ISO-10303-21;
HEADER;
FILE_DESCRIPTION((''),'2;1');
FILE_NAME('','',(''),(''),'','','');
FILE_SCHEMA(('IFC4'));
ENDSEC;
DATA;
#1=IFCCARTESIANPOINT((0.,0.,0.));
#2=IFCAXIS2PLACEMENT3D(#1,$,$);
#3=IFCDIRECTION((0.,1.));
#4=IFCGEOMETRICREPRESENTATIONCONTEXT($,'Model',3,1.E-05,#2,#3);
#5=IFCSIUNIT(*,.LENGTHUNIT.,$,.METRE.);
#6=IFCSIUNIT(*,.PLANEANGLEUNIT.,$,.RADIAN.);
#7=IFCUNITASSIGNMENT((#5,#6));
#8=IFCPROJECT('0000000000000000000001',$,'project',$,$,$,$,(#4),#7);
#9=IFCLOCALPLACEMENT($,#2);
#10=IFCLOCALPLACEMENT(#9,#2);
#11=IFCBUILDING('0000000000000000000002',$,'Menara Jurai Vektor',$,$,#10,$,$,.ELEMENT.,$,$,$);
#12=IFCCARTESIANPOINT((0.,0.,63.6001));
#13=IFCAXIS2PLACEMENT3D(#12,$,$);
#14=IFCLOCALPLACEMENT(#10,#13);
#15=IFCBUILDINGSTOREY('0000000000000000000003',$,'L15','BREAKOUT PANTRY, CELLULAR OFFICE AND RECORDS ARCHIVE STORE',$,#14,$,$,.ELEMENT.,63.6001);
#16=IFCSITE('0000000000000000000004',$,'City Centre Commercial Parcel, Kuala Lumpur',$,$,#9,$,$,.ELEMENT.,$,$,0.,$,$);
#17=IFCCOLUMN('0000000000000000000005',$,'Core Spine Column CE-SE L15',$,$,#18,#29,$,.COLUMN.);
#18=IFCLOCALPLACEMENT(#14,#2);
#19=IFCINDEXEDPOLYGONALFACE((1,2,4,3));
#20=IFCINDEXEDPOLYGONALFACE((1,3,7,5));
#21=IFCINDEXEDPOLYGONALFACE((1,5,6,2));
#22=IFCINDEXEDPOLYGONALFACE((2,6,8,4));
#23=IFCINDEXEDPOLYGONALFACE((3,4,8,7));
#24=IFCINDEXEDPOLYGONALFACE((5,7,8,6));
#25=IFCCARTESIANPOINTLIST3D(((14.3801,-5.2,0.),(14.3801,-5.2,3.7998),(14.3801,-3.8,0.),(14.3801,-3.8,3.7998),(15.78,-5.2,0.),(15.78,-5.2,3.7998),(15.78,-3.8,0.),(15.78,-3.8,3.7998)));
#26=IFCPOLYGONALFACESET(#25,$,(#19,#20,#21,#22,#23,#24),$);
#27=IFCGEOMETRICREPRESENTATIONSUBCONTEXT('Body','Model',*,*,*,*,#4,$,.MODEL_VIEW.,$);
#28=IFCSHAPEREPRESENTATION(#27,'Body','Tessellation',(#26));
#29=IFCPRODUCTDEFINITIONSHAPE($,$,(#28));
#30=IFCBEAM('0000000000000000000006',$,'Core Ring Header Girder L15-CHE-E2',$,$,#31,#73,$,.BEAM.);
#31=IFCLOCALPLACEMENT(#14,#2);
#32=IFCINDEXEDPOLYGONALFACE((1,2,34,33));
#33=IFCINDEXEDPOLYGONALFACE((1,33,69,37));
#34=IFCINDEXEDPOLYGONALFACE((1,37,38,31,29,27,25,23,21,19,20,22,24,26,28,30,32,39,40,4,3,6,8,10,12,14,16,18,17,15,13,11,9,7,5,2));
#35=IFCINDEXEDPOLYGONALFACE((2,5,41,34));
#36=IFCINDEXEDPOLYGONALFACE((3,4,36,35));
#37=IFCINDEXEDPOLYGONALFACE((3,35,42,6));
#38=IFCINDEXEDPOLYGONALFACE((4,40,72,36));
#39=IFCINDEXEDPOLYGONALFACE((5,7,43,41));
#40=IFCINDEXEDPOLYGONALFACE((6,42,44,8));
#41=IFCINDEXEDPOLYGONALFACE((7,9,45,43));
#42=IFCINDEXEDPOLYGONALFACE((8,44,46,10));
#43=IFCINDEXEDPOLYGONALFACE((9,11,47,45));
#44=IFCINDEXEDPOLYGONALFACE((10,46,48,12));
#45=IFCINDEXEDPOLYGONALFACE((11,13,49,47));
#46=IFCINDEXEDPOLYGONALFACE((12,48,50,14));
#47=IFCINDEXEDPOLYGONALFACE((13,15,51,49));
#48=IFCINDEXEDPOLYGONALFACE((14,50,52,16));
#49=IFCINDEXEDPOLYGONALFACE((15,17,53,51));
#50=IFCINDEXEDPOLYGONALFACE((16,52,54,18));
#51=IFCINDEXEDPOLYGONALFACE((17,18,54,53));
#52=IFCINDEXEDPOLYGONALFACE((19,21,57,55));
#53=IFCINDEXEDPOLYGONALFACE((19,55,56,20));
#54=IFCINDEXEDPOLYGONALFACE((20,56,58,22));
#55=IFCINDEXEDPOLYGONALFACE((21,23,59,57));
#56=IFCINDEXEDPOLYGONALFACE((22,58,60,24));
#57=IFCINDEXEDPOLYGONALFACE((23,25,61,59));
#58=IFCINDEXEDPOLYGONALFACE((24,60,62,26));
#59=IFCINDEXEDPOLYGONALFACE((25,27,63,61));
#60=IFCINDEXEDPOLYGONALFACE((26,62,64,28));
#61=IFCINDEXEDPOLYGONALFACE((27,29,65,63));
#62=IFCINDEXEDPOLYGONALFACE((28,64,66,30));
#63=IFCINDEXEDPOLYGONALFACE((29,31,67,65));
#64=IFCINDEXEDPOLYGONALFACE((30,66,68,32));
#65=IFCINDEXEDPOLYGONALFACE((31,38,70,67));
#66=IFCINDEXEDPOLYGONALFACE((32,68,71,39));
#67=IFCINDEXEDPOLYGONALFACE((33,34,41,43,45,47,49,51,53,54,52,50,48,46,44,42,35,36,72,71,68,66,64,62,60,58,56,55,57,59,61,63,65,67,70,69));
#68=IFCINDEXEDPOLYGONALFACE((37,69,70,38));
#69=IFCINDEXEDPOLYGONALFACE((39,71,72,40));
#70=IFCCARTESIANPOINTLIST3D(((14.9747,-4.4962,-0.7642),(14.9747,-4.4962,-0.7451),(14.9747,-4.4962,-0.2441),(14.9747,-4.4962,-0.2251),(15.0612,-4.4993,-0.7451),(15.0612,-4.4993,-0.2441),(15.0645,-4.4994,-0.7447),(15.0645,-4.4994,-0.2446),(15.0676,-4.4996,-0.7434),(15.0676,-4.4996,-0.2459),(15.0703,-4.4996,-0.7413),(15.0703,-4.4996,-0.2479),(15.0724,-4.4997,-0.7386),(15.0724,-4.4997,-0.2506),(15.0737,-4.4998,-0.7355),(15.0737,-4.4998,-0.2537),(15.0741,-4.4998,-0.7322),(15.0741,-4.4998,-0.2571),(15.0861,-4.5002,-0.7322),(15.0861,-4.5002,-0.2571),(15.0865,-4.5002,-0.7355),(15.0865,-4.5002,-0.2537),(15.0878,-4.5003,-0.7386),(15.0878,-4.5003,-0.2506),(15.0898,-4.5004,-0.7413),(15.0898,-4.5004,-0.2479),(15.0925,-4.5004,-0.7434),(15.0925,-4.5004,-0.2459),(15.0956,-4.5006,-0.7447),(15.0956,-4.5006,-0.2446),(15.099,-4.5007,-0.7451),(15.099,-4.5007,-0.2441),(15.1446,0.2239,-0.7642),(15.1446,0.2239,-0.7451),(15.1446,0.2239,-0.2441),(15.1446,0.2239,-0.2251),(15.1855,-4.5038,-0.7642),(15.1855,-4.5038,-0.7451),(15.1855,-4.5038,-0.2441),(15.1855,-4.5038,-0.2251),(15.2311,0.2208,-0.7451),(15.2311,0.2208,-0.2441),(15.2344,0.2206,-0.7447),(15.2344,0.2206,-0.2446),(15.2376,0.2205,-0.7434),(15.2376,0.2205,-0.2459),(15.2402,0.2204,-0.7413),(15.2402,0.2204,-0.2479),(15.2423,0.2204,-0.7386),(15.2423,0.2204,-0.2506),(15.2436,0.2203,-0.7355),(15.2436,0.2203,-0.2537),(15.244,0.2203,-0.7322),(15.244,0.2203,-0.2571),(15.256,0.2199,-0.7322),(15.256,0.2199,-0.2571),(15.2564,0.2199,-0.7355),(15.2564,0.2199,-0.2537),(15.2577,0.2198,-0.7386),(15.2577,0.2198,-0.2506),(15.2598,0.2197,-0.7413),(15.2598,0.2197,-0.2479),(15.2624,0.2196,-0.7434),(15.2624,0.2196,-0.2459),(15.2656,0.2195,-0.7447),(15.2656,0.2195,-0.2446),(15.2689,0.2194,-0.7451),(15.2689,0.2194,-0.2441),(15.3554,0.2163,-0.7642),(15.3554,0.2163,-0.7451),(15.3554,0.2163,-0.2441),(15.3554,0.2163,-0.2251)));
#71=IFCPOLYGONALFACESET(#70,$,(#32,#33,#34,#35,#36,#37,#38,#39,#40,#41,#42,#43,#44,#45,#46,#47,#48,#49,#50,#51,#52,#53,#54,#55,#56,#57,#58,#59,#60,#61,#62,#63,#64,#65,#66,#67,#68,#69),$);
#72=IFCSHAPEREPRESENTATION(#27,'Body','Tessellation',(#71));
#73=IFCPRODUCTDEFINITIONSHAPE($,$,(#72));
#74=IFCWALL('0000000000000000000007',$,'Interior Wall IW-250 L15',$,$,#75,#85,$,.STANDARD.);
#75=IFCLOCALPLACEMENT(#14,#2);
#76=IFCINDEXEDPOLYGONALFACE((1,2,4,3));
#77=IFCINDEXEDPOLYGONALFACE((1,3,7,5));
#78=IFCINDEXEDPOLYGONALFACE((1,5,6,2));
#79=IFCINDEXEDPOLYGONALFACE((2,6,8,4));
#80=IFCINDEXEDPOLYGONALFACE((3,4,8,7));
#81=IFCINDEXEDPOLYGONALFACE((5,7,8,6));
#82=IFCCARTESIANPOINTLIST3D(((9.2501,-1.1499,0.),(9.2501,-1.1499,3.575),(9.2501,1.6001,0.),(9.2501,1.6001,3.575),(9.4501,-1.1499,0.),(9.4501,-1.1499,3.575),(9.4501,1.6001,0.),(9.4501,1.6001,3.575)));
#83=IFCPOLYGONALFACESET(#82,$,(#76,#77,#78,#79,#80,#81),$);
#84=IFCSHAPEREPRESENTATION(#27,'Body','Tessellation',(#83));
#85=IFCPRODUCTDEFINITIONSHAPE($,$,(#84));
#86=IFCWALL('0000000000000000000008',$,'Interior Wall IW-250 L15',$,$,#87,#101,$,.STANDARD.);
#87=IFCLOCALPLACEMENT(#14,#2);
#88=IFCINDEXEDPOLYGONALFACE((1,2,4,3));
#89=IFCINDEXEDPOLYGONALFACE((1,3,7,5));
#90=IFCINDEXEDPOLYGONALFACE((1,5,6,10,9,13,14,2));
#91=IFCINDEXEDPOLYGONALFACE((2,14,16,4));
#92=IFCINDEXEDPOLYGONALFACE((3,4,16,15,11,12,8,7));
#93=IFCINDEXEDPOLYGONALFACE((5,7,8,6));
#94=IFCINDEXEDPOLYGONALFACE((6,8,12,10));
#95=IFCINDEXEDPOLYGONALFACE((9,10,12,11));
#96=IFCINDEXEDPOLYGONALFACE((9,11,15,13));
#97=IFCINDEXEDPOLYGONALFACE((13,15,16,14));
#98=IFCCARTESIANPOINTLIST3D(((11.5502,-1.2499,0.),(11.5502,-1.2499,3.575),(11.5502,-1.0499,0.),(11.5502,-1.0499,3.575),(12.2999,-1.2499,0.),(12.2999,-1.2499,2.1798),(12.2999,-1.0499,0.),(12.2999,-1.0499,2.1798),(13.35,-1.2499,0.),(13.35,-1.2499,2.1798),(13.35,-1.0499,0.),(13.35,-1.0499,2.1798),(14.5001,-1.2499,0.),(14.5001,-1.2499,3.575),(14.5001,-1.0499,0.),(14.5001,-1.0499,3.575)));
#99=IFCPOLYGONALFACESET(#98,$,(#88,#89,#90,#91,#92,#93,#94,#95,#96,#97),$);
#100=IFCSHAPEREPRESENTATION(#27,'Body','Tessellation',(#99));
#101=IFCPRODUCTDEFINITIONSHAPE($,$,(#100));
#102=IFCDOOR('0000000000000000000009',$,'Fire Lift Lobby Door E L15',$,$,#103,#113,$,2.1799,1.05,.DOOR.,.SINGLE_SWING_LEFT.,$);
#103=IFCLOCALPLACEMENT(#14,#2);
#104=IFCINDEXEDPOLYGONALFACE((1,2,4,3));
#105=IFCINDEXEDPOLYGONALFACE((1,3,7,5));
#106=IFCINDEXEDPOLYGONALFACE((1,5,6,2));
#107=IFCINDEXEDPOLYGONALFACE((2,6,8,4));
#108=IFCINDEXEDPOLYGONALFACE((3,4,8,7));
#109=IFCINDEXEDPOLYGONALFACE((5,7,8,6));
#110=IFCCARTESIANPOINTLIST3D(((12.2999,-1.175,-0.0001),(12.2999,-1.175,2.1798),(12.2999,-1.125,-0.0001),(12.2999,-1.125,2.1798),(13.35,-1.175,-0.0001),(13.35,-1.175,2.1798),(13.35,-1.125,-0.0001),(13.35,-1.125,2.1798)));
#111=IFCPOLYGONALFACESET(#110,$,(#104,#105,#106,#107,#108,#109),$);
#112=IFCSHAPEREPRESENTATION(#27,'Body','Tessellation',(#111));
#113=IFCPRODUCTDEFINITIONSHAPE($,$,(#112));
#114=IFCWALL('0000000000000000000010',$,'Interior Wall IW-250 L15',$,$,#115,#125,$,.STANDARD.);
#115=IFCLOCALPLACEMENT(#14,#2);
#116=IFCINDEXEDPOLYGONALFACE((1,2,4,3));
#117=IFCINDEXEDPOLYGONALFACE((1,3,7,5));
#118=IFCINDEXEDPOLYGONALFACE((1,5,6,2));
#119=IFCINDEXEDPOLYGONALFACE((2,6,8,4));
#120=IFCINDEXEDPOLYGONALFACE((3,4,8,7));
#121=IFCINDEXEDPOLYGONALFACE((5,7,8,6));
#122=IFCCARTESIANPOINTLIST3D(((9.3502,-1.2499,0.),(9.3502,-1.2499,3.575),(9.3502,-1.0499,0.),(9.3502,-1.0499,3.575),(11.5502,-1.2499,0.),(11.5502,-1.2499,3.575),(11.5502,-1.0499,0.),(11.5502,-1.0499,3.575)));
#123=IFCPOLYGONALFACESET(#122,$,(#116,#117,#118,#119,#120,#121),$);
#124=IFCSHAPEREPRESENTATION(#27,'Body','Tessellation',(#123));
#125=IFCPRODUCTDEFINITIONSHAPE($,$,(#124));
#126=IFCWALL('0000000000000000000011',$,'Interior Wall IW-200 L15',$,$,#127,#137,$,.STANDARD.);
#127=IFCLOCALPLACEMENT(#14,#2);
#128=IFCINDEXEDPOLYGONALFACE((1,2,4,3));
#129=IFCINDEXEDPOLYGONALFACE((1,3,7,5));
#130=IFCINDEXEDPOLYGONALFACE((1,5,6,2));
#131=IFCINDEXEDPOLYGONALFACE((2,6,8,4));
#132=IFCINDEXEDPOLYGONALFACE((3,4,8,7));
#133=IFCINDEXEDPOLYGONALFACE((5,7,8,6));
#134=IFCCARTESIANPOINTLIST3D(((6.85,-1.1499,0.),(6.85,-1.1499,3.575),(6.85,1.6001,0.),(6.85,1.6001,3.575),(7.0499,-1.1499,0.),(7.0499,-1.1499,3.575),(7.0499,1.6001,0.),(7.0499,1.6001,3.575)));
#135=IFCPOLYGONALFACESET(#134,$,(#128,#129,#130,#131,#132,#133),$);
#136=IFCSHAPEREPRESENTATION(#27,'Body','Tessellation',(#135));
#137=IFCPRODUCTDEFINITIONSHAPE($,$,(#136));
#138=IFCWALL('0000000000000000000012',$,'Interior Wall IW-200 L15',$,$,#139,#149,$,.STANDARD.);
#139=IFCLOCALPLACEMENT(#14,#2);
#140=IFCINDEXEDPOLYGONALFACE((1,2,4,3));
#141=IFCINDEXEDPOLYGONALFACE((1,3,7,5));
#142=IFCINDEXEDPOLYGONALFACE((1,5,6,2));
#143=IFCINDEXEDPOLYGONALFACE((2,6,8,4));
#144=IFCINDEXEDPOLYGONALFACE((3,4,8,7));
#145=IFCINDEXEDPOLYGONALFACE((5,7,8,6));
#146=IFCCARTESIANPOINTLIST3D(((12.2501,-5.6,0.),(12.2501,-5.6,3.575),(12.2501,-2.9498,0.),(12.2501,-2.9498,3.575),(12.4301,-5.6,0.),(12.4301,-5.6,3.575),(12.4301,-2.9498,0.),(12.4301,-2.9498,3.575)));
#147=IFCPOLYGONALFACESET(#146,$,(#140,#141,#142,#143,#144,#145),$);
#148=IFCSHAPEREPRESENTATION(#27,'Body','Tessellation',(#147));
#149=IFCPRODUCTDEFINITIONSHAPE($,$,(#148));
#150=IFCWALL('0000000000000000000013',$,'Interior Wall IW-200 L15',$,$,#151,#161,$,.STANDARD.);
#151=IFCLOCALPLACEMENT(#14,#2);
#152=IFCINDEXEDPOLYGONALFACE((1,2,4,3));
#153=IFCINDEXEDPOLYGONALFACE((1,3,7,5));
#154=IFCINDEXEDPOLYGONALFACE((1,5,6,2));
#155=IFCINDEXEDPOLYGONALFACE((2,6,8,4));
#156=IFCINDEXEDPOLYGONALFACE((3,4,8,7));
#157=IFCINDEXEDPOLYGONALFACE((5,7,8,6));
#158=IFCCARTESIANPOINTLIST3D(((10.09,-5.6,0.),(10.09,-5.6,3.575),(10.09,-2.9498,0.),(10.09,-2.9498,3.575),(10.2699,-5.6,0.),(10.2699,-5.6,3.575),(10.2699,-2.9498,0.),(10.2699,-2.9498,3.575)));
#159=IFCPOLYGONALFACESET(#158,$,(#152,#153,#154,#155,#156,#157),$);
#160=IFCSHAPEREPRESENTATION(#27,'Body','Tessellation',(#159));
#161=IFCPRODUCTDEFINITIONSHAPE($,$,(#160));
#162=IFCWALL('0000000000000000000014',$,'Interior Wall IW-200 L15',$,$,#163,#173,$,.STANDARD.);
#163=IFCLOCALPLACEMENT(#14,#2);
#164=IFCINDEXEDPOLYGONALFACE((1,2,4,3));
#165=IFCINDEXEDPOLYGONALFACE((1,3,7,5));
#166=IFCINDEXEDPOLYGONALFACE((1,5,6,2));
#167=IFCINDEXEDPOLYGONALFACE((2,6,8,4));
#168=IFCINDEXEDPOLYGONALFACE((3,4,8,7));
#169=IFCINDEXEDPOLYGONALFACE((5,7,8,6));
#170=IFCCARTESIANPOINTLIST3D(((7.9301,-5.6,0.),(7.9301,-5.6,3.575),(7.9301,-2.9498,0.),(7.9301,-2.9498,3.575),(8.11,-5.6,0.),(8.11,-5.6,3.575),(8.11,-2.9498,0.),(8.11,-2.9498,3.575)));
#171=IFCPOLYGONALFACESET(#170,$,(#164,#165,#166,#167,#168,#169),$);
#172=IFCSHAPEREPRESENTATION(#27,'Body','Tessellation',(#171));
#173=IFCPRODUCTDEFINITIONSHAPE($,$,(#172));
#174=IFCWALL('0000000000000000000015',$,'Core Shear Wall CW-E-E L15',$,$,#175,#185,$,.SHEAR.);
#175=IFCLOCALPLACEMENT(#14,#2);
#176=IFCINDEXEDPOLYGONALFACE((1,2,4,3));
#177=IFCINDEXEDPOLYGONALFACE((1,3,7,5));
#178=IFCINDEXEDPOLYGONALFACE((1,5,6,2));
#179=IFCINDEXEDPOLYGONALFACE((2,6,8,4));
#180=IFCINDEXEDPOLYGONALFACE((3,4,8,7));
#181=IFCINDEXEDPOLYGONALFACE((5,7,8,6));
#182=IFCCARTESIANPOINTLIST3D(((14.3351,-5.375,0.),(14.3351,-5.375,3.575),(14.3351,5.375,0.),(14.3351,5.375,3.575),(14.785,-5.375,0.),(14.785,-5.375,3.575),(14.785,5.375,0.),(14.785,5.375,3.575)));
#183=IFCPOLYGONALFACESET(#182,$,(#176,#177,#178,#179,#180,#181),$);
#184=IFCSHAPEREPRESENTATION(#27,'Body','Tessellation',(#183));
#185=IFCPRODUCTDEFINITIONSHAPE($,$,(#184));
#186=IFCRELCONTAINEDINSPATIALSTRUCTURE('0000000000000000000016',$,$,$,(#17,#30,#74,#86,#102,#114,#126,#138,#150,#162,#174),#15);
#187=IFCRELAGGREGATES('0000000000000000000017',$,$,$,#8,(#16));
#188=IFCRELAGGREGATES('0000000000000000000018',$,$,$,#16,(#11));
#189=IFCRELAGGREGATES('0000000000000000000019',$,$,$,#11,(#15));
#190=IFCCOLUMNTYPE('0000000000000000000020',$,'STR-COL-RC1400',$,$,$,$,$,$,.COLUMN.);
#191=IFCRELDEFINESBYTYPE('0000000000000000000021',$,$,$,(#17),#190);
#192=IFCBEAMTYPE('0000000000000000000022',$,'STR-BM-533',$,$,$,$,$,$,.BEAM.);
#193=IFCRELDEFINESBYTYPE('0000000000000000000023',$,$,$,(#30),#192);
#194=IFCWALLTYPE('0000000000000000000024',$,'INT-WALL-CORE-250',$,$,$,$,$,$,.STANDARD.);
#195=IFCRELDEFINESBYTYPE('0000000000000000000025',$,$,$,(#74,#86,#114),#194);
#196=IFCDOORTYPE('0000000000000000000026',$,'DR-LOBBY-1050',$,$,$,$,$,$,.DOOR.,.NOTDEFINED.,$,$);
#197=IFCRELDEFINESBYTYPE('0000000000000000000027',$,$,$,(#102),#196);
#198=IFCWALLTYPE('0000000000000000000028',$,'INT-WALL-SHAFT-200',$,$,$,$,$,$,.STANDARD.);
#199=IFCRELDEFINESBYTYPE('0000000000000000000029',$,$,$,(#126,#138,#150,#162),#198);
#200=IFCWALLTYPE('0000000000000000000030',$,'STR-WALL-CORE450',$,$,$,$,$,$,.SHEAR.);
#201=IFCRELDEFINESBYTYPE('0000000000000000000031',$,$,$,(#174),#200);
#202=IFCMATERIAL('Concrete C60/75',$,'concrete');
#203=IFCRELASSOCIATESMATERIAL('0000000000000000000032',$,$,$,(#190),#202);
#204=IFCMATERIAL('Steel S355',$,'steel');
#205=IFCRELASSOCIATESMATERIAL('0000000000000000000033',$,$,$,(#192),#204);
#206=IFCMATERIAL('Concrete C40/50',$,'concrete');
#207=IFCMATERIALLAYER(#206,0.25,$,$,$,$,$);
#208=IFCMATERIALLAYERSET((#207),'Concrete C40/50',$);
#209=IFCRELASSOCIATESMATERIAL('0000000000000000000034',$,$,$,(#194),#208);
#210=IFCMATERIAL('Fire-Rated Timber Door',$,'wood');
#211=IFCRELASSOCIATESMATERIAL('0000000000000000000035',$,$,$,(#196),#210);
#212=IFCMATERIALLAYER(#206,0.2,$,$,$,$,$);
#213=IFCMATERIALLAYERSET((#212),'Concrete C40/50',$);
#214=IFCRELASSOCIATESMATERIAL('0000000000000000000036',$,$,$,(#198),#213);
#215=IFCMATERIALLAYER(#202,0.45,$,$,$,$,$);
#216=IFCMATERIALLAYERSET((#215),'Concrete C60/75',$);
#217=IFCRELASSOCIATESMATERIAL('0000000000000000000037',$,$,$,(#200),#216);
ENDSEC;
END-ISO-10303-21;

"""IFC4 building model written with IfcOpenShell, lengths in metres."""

from ifc_helpers import new_model, si_unit, direction, frame, frame_2d, origin, origin_2d, place, context, subcontext, project, spatial, rectangle, i_section, extrude, material, layer, layer_set, material_profile, profile_set, type_object, element, fill, save


model = new_model("IFC4")

# Units and contexts
model_context = context("Model", 3, precision=1e-05, world=origin(), true_north=direction((0.0, 1.0)))
body_context = subcontext(model_context, "Body", "Model", "MODEL_VIEW")
ifc_project = project(units=[si_unit("LENGTHUNIT", "METRE"), si_unit("PLANEANGLEUNIT", "RADIAN")], contexts=[model_context])

# Site, building, storey
site_placement = place(None, origin())
site = spatial("IfcSite", under=ifc_project, at=site_placement, Name="City Centre Commercial Parcel, Kuala Lumpur", CompositionType="ELEMENT", RefElevation=0.0)
building_placement = place(site_placement, origin())
building = spatial("IfcBuilding", under=site, at=building_placement, Name="Menara Jurai Vektor", CompositionType="ELEMENT")
storey_placement = place(building_placement, frame((0.0, 0.0, 63.6001)))
storey = spatial("IfcBuildingStorey", under=building, at=storey_placement, Name="L15", Description="BREAKOUT PANTRY, CELLULAR OFFICE AND RECORDS ARCHIVE STORE", CompositionType="ELEMENT", Elevation=63.6001)

# Column
ifc_material_1 = material(Name="Concrete C60/75", Category="concrete")
ifc_material_profile_1 = material_profile(ifc_material_1, rectangle(XDim=1.3999, YDim=1.3999, at=origin_2d()), Name="RC 1400x1400")
ifc_profile_set_1 = profile_set([ifc_material_profile_1], Name="Concrete C60/75")
column_type = type_object("IfcColumnType", Name="STR-COL-RC1400", PredefinedType="COLUMN", material=ifc_profile_set_1)
column_placement = place(storey_placement, frame((15.0801, -4.5, 0.0), z_axis=(0.0, 0.0, 1.0), x_axis=(1.0, 0.0, 0.0)))
element("IfcColumn", 1, at=column_placement, inside=storey, type_object=column_type, Name="Core Spine Column CE-SE L15", PredefinedType="COLUMN", context=body_context, shape_type="SweptSolid", body=[
    extrude(rectangle(XDim=1.3999, YDim=1.3999, at=origin_2d()), origin(), (0.0, 0.0, 1.0), 3.7998),
])

# Beam
ifc_material_2 = material(Name="Steel S355", Category="steel")
ifc_material_profile_2 = material_profile(ifc_material_2, i_section(OverallWidth=0.2109, OverallDepth=0.5391, WebThickness=0.012, FlangeThickness=0.019, FilletRadius=0.0129, at=origin_2d()), Name="UKB 533x210x109")
ifc_profile_set_2 = profile_set([ifc_material_profile_2], Name="Steel S355")
beam_type = type_object("IfcBeamType", Name="STR-BM-533", PredefinedType="BEAM", material=ifc_profile_set_2)
beam_placement = place(storey_placement, frame((15.0801, -4.5, -0.4946), z_axis=(0.035977, 0.999353, 0.0), x_axis=(-0.999353, 0.035977, 0.0)))
element("IfcBeam", 2, at=beam_placement, inside=storey, type_object=beam_type, Name="Core Ring Header Girder L15-CHE-E2", PredefinedType="BEAM", context=body_context, shape_type="SweptSolid", body=[
    extrude(i_section(OverallWidth=0.2109, OverallDepth=0.5391, WebThickness=0.012, FlangeThickness=0.019, FilletRadius=0.0129, at=origin_2d()), origin(), (0.0, 0.0, 1.0), 4.7231),
])

# Shared definitions
ifc_material_3 = material(Name="Concrete C40/50", Category="concrete")
ifc_layer_1 = layer(ifc_material_3, 0.25)
ifc_layer_set_1 = layer_set([ifc_layer_1], Name="Concrete C40/50")
wall_type_1 = type_object("IfcWallType", Name="INT-WALL-CORE-250", PredefinedType="STANDARD", material=ifc_layer_set_1)

# Wall
wall_1_placement = place(storey_placement, frame((9.3501, -1.1499, 0.0), z_axis=(0.0, 0.0, 1.0), x_axis=(0.0, 1.0, 0.0)))
element("IfcWall", 3, at=wall_1_placement, inside=storey, type_object=wall_type_1, Name="Interior Wall IW-250 L15", PredefinedType="STANDARD", context=body_context, shape_type="SweptSolid", body=[
    extrude(rectangle(XDim=2.75, YDim=0.2, at=frame_2d((1.375, 0.0))), origin(), (0.0, 0.0, 1.0), 3.575),
])

# Wall, opening, door
wall_2_placement = place(storey_placement, frame((11.55, -1.1499, 0.0), z_axis=(0.0, 0.0, 1.0), x_axis=(1.0, 0.0, 0.0)))
wall_2 = element("IfcWall", 4, at=wall_2_placement, inside=storey, type_object=wall_type_1, Name="Interior Wall IW-250 L15", PredefinedType="STANDARD", context=body_context, shape_type="SweptSolid", body=[
    extrude(rectangle(XDim=2.95, YDim=0.2, at=frame_2d((1.4751, 0.0))), origin(), (0.0, 0.0, 1.0), 3.575),
])
opening_1_placement = place(wall_2_placement, frame((0.75, 0.0, 0.0)))
opening_1 = element("IfcOpeningElement", 5, at=opening_1_placement, cuts=wall_2, PredefinedType="OPENING", context=body_context, shape_type="SweptSolid", body=[
    extrude(rectangle(XDim=1.05, YDim=2.1799, at=frame_2d((0.5249, 1.0898))), frame((0.0, 0.1099, 0.0), z_axis=(0.0, -1.0, 0.0), x_axis=(1.0, 0.0, 0.0)), (0.0, 0.0, 1.0), 0.22),
])
ifc_material_4 = material(Name="Fire-Rated Timber Door", Category="wood")
door_type_1 = type_object("IfcDoorType", Name="DR-LOBBY-1050", OperationType="NOTDEFINED", PredefinedType="DOOR", material=ifc_material_4)
door_1_placement = place(opening_1_placement, origin())
door_1 = element("IfcDoor", 6, at=door_1_placement, inside=storey, type_object=door_type_1, Name="Fire Lift Lobby Door E L15", OperationType="SINGLE_SWING_LEFT", OverallHeight=2.1799, OverallWidth=1.05, PredefinedType="DOOR", context=body_context, shape_type="SweptSolid", body=[
    extrude(rectangle(XDim=1.05, YDim=2.1799, at=frame_2d((0.5249, 1.0898))), frame((0.0, 0.0249, 0.0), z_axis=(0.0, -1.0, 0.0), x_axis=(1.0, 0.0, 0.0)), (0.0, 0.0, 1.0), 0.05),
])
fill(opening_1, door_1)

# Wall
wall_3_placement = place(storey_placement, frame((9.3501, -1.1499, 0.0), z_axis=(0.0, 0.0, 1.0), x_axis=(1.0, 0.0, 0.0)))
element("IfcWall", 7, at=wall_3_placement, inside=storey, type_object=wall_type_1, Name="Interior Wall IW-250 L15", PredefinedType="STANDARD", context=body_context, shape_type="SweptSolid", body=[
    extrude(rectangle(XDim=2.2, YDim=0.2, at=frame_2d((1.1001, 0.0))), origin(), (0.0, 0.0, 1.0), 3.575),
])

# Wall
ifc_layer_2 = layer(ifc_material_3, 0.2)
ifc_layer_set_2 = layer_set([ifc_layer_2], Name="Concrete C40/50")
wall_type_2 = type_object("IfcWallType", Name="INT-WALL-SHAFT-200", PredefinedType="STANDARD", material=ifc_layer_set_2)
wall_4_placement = place(storey_placement, frame((6.95, -1.1499, 0.0), z_axis=(0.0, 0.0, 1.0), x_axis=(0.0, 1.0, 0.0)))
element("IfcWall", 8, at=wall_4_placement, inside=storey, type_object=wall_type_2, Name="Interior Wall IW-200 L15", PredefinedType="STANDARD", context=body_context, shape_type="SweptSolid", body=[
    extrude(rectangle(XDim=2.75, YDim=0.2, at=frame_2d((1.375, 0.0))), origin(), (0.0, 0.0, 1.0), 3.575),
])

# Walls
for number, where, z_axis, x_axis, name in (
    (9, (12.3401, -5.6001, 0.0), (0.0, 0.0, 1.0), (0.0, 1.0, 0.0), "Interior Wall IW-200 L15"),
    (10, (10.1799, -5.6001, 0.0), (0.0, 0.0, 1.0), (0.0, 1.0, 0.0), "Interior Wall IW-200 L15"),
    (11, (8.02, -5.6001, 0.0), (0.0, 0.0, 1.0), (0.0, 1.0, 0.0), "Interior Wall IW-200 L15"),
):
    element("IfcWall", number, at=place(storey_placement, frame(where, z_axis=z_axis, x_axis=x_axis)), inside=storey, type_object=wall_type_2, Name=name, PredefinedType="STANDARD", context=body_context, shape_type="SweptSolid", body=[
        extrude(rectangle(XDim=2.6501, YDim=0.1799, at=frame_2d((1.3252, 0.0))), origin(), (0.0, 0.0, 1.0), 3.575),
    ])
ifc_layer_3 = layer(ifc_material_1, 0.45)
ifc_layer_set_3 = layer_set([ifc_layer_3], Name="Concrete C60/75")
wall_type_3 = type_object("IfcWallType", Name="STR-WALL-CORE450", PredefinedType="SHEAR", material=ifc_layer_set_3)
wall_5_placement = place(storey_placement, frame((14.5601, -5.375, 0.0), z_axis=(0.0, 0.0, 1.0), x_axis=(0.0, 1.0, 0.0)))
element("IfcWall", 12, at=wall_5_placement, inside=storey, type_object=wall_type_3, Name="Core Shear Wall CW-E-E L15", PredefinedType="SHEAR", context=body_context, shape_type="SweptSolid", body=[
    extrude(rectangle(XDim=10.75, YDim=0.45, at=frame_2d((5.375, 0.0))), origin(), (0.0, 0.0, 1.0), 3.575),
])

save(model, "model.ifc")
